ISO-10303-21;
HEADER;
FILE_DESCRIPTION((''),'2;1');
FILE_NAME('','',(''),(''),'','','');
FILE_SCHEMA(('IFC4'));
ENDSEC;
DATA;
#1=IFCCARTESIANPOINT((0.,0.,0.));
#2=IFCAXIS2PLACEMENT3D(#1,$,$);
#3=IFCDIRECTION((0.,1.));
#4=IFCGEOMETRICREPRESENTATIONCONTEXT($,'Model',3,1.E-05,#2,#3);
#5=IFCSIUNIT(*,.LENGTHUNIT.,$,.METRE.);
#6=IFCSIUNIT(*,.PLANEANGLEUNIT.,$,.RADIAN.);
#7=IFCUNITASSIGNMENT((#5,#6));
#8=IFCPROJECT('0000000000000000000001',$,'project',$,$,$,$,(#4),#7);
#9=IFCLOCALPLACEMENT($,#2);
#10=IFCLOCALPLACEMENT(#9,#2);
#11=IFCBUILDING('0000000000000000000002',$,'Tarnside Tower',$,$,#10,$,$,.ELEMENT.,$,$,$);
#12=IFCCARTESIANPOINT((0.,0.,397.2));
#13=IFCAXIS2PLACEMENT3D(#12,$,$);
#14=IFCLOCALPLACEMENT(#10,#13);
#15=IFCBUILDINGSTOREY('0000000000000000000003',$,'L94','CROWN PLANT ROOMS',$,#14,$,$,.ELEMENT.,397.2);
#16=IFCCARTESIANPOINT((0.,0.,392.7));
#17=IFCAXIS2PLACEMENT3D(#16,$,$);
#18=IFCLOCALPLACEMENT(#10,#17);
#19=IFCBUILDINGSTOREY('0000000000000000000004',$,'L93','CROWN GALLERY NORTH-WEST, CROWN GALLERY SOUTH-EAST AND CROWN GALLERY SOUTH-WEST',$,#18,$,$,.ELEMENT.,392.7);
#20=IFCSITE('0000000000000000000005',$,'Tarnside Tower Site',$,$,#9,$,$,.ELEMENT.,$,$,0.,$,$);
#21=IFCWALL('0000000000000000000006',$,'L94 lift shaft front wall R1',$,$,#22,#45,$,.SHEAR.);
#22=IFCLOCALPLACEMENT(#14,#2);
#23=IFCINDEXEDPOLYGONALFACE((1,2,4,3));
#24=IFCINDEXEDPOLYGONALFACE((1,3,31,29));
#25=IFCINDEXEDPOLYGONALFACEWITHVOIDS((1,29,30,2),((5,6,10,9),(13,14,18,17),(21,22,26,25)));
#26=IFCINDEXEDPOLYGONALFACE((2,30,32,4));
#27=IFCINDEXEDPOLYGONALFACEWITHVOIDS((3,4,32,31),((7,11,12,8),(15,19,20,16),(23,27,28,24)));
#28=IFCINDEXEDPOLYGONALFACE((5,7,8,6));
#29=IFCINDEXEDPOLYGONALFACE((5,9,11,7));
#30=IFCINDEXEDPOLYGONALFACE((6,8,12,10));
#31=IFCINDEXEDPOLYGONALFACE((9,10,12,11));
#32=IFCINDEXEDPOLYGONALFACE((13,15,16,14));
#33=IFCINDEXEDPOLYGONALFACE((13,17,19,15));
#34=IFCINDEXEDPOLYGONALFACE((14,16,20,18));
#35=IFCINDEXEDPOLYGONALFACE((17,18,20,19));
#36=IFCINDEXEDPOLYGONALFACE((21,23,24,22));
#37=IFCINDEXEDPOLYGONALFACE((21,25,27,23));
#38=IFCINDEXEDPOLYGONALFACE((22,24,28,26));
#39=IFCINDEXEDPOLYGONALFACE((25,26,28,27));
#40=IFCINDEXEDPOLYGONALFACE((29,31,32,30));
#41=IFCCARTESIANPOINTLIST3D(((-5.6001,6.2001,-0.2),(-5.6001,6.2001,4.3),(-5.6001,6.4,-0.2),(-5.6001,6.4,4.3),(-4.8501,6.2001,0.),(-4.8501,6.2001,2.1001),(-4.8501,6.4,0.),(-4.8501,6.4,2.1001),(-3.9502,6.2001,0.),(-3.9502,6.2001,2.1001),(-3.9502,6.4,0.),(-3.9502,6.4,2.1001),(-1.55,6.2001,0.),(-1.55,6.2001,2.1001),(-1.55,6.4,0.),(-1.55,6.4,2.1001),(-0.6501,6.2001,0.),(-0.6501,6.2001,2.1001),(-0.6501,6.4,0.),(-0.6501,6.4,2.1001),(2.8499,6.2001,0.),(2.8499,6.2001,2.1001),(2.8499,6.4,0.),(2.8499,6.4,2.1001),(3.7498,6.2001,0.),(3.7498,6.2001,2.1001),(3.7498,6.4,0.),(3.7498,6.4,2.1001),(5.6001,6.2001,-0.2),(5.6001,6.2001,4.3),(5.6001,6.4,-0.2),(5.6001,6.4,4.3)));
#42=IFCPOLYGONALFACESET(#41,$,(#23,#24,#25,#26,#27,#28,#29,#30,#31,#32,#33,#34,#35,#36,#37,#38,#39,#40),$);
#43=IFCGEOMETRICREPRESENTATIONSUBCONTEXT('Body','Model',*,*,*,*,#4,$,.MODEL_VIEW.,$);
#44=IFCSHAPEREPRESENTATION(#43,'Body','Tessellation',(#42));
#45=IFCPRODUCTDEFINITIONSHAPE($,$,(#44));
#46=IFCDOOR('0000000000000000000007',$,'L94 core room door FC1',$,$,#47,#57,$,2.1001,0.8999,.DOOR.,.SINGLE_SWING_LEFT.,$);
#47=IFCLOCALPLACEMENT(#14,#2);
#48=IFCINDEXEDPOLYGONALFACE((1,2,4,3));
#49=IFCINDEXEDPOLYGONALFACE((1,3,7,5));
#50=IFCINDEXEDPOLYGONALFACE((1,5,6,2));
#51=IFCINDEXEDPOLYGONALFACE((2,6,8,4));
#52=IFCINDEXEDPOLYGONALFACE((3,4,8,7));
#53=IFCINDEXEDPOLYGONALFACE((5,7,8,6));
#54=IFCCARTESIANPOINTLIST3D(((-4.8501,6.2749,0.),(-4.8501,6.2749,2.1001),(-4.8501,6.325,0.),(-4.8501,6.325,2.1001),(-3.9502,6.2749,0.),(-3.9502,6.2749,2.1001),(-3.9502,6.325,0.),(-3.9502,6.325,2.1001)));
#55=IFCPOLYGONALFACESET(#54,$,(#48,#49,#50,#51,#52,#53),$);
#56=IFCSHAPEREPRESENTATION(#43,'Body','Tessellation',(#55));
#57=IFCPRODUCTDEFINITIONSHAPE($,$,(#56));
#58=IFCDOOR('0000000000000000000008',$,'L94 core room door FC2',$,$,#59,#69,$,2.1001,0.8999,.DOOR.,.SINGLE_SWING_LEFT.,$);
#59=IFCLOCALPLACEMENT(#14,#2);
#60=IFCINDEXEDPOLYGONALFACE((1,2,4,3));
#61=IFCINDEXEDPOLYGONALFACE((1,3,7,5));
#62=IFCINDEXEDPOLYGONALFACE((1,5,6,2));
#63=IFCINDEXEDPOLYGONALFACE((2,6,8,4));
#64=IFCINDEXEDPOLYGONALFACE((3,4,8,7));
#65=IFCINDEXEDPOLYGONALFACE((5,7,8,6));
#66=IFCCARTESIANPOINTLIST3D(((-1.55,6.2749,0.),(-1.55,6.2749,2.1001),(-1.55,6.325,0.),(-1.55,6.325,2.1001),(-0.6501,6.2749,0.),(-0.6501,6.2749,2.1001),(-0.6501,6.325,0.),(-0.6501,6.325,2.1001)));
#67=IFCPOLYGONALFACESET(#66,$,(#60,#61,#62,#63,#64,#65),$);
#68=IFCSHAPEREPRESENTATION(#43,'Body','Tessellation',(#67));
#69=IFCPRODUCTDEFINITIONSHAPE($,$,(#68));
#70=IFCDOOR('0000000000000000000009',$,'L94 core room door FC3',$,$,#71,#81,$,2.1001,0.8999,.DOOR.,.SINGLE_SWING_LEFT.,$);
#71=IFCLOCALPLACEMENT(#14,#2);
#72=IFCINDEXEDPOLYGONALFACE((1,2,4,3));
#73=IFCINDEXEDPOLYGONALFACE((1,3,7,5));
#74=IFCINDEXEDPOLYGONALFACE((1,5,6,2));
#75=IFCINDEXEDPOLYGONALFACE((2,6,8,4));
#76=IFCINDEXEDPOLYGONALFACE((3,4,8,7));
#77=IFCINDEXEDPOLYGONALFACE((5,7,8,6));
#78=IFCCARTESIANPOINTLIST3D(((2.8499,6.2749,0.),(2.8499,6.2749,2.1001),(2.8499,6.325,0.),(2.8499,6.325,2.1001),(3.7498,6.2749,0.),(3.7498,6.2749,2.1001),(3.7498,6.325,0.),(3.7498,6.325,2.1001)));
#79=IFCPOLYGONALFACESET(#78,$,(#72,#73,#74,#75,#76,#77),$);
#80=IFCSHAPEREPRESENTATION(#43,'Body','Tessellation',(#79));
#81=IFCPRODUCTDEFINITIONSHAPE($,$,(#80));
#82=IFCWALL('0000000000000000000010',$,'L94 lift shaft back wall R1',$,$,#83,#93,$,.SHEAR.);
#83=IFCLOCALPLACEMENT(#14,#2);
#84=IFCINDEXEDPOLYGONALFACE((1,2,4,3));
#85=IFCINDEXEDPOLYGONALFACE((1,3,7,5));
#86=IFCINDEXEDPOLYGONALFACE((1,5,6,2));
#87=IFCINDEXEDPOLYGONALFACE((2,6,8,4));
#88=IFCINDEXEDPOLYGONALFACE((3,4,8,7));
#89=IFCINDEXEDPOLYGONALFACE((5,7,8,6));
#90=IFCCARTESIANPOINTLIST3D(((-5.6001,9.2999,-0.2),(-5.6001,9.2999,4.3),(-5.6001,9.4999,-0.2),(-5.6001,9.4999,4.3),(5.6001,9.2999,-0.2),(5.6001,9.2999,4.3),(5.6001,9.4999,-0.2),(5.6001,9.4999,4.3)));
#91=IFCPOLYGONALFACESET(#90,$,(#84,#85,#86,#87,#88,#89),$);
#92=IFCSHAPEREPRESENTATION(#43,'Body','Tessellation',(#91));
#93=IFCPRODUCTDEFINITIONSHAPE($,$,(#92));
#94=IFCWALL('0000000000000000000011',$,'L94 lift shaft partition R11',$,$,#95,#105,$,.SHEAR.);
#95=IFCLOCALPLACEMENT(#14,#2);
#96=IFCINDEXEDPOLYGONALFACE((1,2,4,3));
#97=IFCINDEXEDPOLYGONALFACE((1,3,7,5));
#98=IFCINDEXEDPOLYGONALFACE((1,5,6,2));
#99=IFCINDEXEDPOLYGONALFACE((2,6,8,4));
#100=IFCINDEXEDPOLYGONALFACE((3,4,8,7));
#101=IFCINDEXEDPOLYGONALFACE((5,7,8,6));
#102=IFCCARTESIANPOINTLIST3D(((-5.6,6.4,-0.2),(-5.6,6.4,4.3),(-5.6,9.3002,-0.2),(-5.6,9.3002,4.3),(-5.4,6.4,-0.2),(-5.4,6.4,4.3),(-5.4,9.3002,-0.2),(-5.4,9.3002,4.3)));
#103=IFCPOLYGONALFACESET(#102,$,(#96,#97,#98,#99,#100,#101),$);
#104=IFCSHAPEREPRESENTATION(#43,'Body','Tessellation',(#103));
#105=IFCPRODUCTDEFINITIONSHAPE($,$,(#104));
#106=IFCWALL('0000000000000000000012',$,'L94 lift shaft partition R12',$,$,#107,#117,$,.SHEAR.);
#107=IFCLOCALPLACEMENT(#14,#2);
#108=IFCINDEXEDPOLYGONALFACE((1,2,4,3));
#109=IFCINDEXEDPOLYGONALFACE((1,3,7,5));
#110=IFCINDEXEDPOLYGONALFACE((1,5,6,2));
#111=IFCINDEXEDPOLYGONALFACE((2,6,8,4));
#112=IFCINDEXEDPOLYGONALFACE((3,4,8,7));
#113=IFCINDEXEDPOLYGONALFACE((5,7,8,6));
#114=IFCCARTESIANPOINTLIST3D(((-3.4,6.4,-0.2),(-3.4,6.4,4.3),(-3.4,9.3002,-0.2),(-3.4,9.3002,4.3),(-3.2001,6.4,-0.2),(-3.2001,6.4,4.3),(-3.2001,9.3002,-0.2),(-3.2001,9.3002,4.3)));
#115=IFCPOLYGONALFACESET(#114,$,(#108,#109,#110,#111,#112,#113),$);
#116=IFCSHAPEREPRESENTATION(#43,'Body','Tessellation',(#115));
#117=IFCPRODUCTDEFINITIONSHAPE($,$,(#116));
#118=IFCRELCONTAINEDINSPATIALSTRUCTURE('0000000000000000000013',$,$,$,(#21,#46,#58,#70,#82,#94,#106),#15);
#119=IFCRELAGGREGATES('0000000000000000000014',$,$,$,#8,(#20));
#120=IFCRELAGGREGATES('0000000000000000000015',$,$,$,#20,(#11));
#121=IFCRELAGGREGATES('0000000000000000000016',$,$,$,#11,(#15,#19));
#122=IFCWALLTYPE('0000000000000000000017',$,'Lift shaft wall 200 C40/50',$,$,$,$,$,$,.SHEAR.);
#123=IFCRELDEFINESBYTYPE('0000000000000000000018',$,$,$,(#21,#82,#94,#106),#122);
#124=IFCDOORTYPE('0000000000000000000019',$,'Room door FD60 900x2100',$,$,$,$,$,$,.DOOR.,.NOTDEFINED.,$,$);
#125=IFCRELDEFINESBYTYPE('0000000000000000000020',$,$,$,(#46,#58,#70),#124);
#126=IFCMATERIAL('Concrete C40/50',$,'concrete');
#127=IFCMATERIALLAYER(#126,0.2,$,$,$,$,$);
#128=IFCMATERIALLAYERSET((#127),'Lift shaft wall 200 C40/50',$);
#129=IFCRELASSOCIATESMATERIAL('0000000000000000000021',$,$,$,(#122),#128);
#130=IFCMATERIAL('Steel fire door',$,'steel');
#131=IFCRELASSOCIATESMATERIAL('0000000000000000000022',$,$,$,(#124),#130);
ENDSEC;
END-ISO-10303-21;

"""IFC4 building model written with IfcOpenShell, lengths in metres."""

from ifc_helpers import new_model, si_unit, direction, frame, frame_2d, origin, place, context, subcontext, project, spatial, rectangle, extrude, material, layer, layer_set, type_object, element, fill, save


model = new_model("IFC4")

# Units and contexts
model_context = context("Model", 3, precision=1e-05, world=origin(), true_north=direction((0.0, 1.0)))
body_context = subcontext(model_context, "Body", "Model", "MODEL_VIEW")
ifc_project = project(units=[si_unit("LENGTHUNIT", "METRE"), si_unit("PLANEANGLEUNIT", "RADIAN")], contexts=[model_context])

# Site, building, storey
site_placement = place(None, origin())
site = spatial("IfcSite", under=ifc_project, at=site_placement, Name="Tarnside Tower Site", CompositionType="ELEMENT", RefElevation=0.0)
building_placement = place(site_placement, origin())
building = spatial("IfcBuilding", under=site, at=building_placement, Name="Tarnside Tower", CompositionType="ELEMENT")
storey_1_placement = place(building_placement, frame((0.0, 0.0, 397.2)))
storey_1 = spatial("IfcBuildingStorey", under=building, at=storey_1_placement, Name="L94", Description="CROWN PLANT ROOMS", CompositionType="ELEMENT", Elevation=397.2)

# Shared definitions
ifc_material_1 = material(Name="Concrete C40/50", Category="concrete")

# Shared definitions
storey_2_placement = place(building_placement, frame((0.0, 0.0, 392.7)))
storey_2 = spatial("IfcBuildingStorey", under=building, at=storey_2_placement, Name="L93", Description="CROWN GALLERY NORTH-WEST, CROWN GALLERY SOUTH-EAST AND CROWN GALLERY SOUTH-WEST", CompositionType="ELEMENT", Elevation=392.7)

# Shared definitions
ifc_material_2 = material(Name="Steel fire door", Category="steel")

# Wall, openings, doors
ifc_layer_1 = layer(ifc_material_1, 0.2)
ifc_layer_set_1 = layer_set([ifc_layer_1], Name="Lift shaft wall 200 C40/50")
wall_type_1 = type_object("IfcWallType", Name="Lift shaft wall 200 C40/50", PredefinedType="SHEAR", material=ifc_layer_set_1)
wall_1_placement = place(storey_1_placement, frame((-5.6001, 6.3, -0.2), z_axis=(0.0, 0.0, 1.0), x_axis=(1.0, 0.0, 0.0)))
wall_1 = element("IfcWall", 1, at=wall_1_placement, inside=storey_1, type_object=wall_type_1, Name="L94 lift shaft front wall R1", PredefinedType="SHEAR", context=body_context, shape_type="SweptSolid", body=[
    extrude(rectangle(XDim=11.2002, YDim=0.2, at=frame_2d((5.6001, 0.0))), origin(), (0.0, 0.0, 1.0), 4.5),
])
opening_1_placement = place(wall_1_placement, frame((0.75, 0.0, 0.2)))
opening_1 = element("IfcOpeningElement", 2, at=opening_1_placement, cuts=wall_1, PredefinedType="OPENING", context=body_context, shape_type="SweptSolid", body=[
    extrude(rectangle(XDim=0.8999, YDim=2.1001, at=frame_2d((0.45, 1.05))), frame((0.0, 0.1099, 0.0), z_axis=(0.0, -1.0, 0.0), x_axis=(1.0, 0.0, 0.0)), (0.0, 0.0, 1.0), 0.22),
])
opening_2_placement = place(wall_1_placement, frame((4.05, 0.0, 0.2)))
opening_2 = element("IfcOpeningElement", 3, at=opening_2_placement, cuts=wall_1, PredefinedType="OPENING", context=body_context, shape_type="SweptSolid", body=[
    extrude(rectangle(XDim=0.8999, YDim=2.1001, at=frame_2d((0.45, 1.05))), frame((0.0, 0.1099, 0.0), z_axis=(0.0, -1.0, 0.0), x_axis=(1.0, 0.0, 0.0)), (0.0, 0.0, 1.0), 0.22),
])
opening_3_placement = place(wall_1_placement, frame((8.45, 0.0, 0.2)))
opening_3 = element("IfcOpeningElement", 4, at=opening_3_placement, cuts=wall_1, PredefinedType="OPENING", context=body_context, shape_type="SweptSolid", body=[
    extrude(rectangle(XDim=0.8999, YDim=2.1001, at=frame_2d((0.45, 1.05))), frame((0.0, 0.1099, 0.0), z_axis=(0.0, -1.0, 0.0), x_axis=(1.0, 0.0, 0.0)), (0.0, 0.0, 1.0), 0.22),
])
door_type_1 = type_object("IfcDoorType", Name="Room door FD60 900x2100", OperationType="NOTDEFINED", PredefinedType="DOOR", material=ifc_material_2)
door_1_placement = place(opening_1_placement, origin())
door_1 = element("IfcDoor", 5, at=door_1_placement, inside=storey_1, type_object=door_type_1, Name="L94 core room door FC1", OperationType="SINGLE_SWING_LEFT", OverallHeight=2.1001, OverallWidth=0.8999, PredefinedType="DOOR", context=body_context, shape_type="SweptSolid", body=[
    extrude(rectangle(XDim=0.8999, YDim=2.1001, at=frame_2d((0.45, 1.05))), frame((0.0, 0.0249, 0.0), z_axis=(0.0, -1.0, 0.0), x_axis=(1.0, 0.0, 0.0)), (0.0, 0.0, 1.0), 0.05),
])
fill(opening_1, door_1)
door_2_placement = place(opening_2_placement, origin())
door_2 = element("IfcDoor", 6, at=door_2_placement, inside=storey_1, type_object=door_type_1, Name="L94 core room door FC2", OperationType="SINGLE_SWING_LEFT", OverallHeight=2.1001, OverallWidth=0.8999, PredefinedType="DOOR", context=body_context, shape_type="SweptSolid", body=[
    extrude(rectangle(XDim=0.8999, YDim=2.1001, at=frame_2d((0.45, 1.05))), frame((0.0, 0.0249, 0.0), z_axis=(0.0, -1.0, 0.0), x_axis=(1.0, 0.0, 0.0)), (0.0, 0.0, 1.0), 0.05),
])
fill(opening_2, door_2)
door_3_placement = place(opening_3_placement, origin())
door_3 = element("IfcDoor", 7, at=door_3_placement, inside=storey_1, type_object=door_type_1, Name="L94 core room door FC3", OperationType="SINGLE_SWING_LEFT", OverallHeight=2.1001, OverallWidth=0.8999, PredefinedType="DOOR", context=body_context, shape_type="SweptSolid", body=[
    extrude(rectangle(XDim=0.8999, YDim=2.1001, at=frame_2d((0.45, 1.05))), frame((0.0, 0.0249, 0.0), z_axis=(0.0, -1.0, 0.0), x_axis=(1.0, 0.0, 0.0)), (0.0, 0.0, 1.0), 0.05),
])
fill(opening_3, door_3)

# Walls
wall_2_placement = place(storey_1_placement, frame((-5.6001, 9.3999, -0.2), z_axis=(0.0, 0.0, 1.0), x_axis=(1.0, 0.0, 0.0)))
element("IfcWall", 8, at=wall_2_placement, inside=storey_1, type_object=wall_type_1, Name="L94 lift shaft back wall R1", PredefinedType="SHEAR", context=body_context, shape_type="SweptSolid", body=[
    extrude(rectangle(XDim=11.2002, YDim=0.2, at=frame_2d((5.6001, 0.0))), origin(), (0.0, 0.0, 1.0), 4.5),
])
for number, where, z_axis, x_axis, name in (
    (9, (-5.5, 6.3999, -0.2), (0.0, 0.0, 1.0), (0.0, 1.0, 0.0), "L94 lift shaft partition R11"),
    (10, (-3.3, 6.3999, -0.2), (0.0, 0.0, 1.0), (0.0, 1.0, 0.0), "L94 lift shaft partition R12"),
):
    element("IfcWall", number, at=place(storey_1_placement, frame(where, z_axis=z_axis, x_axis=x_axis)), inside=storey_1, type_object=wall_type_1, Name=name, PredefinedType="SHEAR", context=body_context, shape_type="SweptSolid", body=[
        extrude(rectangle(XDim=2.9001, YDim=0.2, at=frame_2d((1.4502, 0.0))), origin(), (0.0, 0.0, 1.0), 4.5),
    ])

save(model, "model.ifc")
